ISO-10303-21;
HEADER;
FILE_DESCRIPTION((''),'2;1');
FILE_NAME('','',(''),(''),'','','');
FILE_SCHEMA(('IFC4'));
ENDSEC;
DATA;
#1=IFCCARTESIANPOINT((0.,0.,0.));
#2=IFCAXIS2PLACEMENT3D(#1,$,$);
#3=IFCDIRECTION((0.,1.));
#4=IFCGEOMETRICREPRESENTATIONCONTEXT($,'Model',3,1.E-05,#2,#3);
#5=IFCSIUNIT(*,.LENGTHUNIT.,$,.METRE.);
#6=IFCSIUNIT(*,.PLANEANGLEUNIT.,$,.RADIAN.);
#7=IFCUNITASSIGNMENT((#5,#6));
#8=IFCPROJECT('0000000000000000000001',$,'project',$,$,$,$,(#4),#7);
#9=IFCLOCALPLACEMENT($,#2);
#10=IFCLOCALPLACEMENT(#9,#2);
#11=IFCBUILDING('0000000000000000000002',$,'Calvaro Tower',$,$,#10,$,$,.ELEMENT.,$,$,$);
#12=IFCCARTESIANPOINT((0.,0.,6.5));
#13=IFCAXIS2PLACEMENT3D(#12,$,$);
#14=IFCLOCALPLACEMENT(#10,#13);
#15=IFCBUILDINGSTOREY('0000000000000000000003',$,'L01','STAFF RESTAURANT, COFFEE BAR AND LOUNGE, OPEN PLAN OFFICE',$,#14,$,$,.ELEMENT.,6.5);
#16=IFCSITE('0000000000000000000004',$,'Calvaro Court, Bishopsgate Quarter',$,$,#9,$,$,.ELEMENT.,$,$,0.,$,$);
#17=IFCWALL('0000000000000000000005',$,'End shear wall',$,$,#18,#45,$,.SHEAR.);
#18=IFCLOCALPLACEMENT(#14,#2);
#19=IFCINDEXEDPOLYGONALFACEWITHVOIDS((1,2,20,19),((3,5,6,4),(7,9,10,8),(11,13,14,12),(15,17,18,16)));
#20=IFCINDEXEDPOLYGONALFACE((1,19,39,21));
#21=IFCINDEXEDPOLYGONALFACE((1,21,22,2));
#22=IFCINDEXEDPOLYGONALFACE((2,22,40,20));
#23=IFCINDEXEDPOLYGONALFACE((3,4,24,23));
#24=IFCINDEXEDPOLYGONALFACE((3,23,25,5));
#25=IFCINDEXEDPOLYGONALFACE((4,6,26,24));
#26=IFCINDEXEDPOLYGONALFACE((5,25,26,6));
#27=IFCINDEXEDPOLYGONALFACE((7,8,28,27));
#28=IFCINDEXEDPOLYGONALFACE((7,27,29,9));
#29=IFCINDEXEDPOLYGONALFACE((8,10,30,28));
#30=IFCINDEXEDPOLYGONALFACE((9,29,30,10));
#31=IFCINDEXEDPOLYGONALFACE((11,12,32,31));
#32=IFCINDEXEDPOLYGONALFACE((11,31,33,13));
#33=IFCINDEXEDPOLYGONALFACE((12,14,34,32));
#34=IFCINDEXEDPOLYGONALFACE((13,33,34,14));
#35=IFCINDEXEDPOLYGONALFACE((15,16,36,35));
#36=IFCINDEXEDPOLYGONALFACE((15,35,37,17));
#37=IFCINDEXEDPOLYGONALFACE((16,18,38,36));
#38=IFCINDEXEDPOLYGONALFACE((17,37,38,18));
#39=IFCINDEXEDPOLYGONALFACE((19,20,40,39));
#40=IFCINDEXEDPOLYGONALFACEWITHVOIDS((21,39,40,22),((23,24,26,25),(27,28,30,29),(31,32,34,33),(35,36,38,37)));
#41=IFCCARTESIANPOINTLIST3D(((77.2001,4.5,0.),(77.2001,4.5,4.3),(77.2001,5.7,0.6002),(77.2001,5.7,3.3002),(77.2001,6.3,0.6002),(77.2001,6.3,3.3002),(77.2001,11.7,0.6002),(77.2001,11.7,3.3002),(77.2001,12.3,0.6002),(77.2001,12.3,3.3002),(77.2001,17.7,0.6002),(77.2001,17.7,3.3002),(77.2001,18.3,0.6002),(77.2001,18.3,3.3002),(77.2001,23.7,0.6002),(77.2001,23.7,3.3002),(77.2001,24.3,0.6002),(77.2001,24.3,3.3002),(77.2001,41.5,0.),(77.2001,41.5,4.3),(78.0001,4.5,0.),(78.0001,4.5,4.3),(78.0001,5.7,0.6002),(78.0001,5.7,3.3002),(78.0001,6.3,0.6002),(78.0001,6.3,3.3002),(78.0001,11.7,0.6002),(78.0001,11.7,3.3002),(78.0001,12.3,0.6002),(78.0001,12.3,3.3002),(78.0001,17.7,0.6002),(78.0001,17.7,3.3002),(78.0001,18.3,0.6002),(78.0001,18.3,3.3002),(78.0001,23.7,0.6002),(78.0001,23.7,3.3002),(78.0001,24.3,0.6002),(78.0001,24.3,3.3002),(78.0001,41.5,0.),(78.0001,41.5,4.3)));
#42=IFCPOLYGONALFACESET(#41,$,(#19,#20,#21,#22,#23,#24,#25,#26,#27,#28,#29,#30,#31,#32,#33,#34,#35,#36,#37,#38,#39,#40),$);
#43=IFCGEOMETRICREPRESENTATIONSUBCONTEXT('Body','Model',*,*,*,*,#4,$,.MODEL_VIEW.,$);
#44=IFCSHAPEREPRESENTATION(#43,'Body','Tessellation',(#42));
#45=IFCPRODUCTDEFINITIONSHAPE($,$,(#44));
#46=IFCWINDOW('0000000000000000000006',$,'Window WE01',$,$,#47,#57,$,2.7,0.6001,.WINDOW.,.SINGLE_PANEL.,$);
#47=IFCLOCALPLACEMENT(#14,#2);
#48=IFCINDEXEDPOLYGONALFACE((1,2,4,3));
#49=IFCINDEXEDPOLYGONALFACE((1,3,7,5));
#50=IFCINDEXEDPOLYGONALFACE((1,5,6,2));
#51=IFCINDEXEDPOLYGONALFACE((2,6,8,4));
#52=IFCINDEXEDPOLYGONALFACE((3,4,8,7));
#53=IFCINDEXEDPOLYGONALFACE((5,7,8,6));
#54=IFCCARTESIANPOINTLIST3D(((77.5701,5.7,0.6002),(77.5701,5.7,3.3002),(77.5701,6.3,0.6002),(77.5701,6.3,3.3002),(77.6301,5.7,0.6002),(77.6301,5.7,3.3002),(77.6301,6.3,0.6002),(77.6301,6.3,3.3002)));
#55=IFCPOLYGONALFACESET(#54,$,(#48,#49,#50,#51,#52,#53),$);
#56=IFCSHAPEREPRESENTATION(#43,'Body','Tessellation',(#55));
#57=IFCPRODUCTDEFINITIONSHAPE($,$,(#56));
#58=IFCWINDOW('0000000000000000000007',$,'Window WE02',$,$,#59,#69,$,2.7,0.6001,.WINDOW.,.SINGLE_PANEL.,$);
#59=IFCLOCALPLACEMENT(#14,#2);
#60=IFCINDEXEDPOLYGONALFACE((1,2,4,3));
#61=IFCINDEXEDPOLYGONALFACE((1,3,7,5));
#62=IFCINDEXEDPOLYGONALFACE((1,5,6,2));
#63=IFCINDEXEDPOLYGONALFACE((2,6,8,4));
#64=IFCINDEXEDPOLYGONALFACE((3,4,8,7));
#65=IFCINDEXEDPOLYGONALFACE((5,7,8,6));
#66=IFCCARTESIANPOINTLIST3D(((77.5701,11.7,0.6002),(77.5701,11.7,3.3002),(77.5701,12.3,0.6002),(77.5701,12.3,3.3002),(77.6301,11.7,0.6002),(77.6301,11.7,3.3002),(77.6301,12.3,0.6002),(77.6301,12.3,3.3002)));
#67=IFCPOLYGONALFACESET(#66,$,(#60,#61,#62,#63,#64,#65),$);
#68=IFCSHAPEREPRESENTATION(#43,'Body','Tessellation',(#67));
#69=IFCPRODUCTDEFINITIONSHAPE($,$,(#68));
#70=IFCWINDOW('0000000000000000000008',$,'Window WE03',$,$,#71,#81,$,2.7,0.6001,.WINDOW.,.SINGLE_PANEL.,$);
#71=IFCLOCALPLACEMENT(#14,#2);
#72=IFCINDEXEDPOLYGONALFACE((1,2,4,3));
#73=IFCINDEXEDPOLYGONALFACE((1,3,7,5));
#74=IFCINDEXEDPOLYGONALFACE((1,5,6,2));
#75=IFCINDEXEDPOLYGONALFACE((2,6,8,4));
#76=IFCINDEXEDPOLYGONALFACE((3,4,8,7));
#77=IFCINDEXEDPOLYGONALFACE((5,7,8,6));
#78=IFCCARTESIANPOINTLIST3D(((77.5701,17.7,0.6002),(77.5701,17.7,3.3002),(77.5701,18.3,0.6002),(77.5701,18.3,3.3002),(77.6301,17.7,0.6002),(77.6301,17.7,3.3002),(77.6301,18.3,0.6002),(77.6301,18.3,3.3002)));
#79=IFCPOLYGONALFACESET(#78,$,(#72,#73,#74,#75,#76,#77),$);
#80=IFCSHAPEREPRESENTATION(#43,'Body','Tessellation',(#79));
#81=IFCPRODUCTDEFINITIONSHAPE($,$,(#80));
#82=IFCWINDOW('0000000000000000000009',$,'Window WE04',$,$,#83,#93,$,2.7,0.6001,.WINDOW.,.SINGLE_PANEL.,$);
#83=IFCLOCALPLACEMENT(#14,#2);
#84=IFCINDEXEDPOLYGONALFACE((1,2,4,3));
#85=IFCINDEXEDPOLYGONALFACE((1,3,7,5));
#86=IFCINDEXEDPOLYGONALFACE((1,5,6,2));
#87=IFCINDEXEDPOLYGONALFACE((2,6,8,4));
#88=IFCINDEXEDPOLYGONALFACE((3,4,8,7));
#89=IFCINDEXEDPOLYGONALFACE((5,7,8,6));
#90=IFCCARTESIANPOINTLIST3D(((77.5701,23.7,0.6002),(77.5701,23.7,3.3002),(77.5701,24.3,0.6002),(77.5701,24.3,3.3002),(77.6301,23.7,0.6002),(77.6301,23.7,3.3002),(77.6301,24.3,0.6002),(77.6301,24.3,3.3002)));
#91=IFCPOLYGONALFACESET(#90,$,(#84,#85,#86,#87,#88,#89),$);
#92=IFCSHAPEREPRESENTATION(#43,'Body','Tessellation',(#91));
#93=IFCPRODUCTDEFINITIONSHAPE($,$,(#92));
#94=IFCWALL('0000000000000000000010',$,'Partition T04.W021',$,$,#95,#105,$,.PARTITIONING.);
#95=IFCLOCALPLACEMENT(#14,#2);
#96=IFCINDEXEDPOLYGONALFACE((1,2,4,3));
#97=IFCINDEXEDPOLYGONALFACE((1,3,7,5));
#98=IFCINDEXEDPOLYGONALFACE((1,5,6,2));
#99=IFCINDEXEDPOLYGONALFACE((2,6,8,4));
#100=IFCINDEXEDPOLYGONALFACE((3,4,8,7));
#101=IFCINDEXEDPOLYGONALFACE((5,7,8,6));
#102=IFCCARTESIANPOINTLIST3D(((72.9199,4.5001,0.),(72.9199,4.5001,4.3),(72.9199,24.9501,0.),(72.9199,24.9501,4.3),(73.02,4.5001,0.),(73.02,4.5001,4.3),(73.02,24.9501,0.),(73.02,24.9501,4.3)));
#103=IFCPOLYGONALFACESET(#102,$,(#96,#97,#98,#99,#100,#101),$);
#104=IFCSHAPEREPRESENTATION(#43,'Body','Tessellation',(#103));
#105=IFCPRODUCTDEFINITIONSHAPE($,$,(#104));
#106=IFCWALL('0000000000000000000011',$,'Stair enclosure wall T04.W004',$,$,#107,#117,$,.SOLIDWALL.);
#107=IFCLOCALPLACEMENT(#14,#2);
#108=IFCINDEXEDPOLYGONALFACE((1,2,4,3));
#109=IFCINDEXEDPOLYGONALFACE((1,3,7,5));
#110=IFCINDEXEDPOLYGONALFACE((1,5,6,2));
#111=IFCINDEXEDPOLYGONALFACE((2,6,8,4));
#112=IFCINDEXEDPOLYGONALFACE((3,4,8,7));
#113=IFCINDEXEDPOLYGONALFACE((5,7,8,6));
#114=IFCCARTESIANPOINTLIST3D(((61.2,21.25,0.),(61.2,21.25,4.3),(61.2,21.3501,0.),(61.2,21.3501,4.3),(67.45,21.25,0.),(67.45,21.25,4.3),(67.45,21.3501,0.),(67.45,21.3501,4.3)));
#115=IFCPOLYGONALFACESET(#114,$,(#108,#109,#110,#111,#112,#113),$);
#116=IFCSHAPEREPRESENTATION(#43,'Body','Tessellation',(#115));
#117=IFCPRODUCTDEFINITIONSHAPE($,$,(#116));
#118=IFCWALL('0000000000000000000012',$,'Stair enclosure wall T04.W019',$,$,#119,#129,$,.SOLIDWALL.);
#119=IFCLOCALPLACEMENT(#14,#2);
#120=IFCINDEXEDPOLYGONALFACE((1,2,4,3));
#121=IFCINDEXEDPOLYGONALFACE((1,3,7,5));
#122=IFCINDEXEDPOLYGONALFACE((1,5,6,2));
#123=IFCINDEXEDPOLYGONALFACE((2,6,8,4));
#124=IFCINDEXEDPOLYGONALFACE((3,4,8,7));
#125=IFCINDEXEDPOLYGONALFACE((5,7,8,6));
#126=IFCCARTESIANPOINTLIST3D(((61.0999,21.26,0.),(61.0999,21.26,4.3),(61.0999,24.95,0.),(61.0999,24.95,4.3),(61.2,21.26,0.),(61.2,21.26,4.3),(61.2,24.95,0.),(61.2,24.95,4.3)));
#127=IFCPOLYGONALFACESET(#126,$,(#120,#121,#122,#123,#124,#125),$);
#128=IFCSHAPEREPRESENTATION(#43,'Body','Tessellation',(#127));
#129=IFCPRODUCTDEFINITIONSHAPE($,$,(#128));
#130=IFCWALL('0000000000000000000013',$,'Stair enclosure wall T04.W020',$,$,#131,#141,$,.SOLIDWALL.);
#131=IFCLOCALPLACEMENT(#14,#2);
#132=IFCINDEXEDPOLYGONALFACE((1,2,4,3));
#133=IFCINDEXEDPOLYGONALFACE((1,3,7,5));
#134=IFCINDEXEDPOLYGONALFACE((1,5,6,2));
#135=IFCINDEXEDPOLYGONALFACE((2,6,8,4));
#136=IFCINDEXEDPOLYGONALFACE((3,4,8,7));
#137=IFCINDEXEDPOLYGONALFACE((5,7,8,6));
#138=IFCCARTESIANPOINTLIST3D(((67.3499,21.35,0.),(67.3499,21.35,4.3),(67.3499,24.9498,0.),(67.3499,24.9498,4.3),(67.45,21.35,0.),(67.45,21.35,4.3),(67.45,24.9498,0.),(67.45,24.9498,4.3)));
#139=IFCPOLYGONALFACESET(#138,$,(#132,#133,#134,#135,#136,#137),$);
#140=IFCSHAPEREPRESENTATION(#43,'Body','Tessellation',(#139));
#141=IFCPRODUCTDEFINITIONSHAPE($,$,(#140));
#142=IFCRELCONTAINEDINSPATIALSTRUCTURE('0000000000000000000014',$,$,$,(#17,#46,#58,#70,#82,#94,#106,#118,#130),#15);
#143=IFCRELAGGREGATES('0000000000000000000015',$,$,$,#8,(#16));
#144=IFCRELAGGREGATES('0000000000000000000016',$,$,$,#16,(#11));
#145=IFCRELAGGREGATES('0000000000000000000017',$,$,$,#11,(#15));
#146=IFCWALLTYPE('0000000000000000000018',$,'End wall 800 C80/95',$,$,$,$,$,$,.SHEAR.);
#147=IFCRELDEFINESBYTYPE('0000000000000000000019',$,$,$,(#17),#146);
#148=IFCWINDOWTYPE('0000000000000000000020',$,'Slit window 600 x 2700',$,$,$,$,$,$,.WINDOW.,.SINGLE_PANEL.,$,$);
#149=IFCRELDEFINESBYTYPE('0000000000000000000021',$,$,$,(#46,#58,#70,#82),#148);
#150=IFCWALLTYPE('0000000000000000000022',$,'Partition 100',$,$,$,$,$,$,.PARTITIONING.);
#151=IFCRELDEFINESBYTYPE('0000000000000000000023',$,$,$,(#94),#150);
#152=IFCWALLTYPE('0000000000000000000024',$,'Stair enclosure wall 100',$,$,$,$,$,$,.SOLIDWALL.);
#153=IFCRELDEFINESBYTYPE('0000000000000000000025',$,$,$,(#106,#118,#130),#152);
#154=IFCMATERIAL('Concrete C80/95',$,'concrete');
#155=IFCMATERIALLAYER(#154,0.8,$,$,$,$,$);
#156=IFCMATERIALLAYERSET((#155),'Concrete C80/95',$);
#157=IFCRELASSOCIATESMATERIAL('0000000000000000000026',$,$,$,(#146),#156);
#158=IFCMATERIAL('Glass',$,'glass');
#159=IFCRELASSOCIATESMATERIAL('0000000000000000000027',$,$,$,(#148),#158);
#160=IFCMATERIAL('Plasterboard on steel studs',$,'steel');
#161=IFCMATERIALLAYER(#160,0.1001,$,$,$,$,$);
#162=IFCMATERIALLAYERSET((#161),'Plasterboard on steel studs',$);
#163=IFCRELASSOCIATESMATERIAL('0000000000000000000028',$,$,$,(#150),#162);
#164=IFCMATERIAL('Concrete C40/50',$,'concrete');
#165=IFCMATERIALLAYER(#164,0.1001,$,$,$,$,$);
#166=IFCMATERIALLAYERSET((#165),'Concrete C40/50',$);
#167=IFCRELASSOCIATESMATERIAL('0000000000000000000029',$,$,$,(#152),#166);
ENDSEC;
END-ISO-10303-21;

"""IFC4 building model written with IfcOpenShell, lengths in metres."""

from ifc_helpers import new_model, si_unit, direction, frame, frame_2d, origin, place, context, subcontext, project, spatial, rectangle, extrude, material, layer, layer_set, type_object, element, fill, save


model = new_model("IFC4")

# Units and contexts
model_context = context("Model", 3, precision=1e-05, world=origin(), true_north=direction((0.0, 1.0)))
body_context = subcontext(model_context, "Body", "Model", "MODEL_VIEW")
ifc_project = project(units=[si_unit("LENGTHUNIT", "METRE"), si_unit("PLANEANGLEUNIT", "RADIAN")], contexts=[model_context])

# Site, building, storey
site_placement = place(None, origin())
site = spatial("IfcSite", under=ifc_project, at=site_placement, Name="Calvaro Court, Bishopsgate Quarter", CompositionType="ELEMENT", RefElevation=0.0)
building_placement = place(site_placement, origin())
building = spatial("IfcBuilding", under=site, at=building_placement, Name="Calvaro Tower", CompositionType="ELEMENT")
storey_placement = place(building_placement, frame((0.0, 0.0, 6.5)))
storey = spatial("IfcBuildingStorey", under=building, at=storey_placement, Name="L01", Description="STAFF RESTAURANT, COFFEE BAR AND LOUNGE, OPEN PLAN OFFICE", CompositionType="ELEMENT", Elevation=6.5)

# Wall, openings, windows
ifc_material_1 = material(Name="Concrete C80/95", Category="concrete")
ifc_layer_1 = layer(ifc_material_1, 0.8)
ifc_layer_set_1 = layer_set([ifc_layer_1], Name="Concrete C80/95")
wall_type_1 = type_object("IfcWallType", Name="End wall 800 C80/95", PredefinedType="SHEAR", material=ifc_layer_set_1)
wall_1_placement = place(storey_placement, frame((77.6001, 4.5, 0.0), z_axis=(0.0, 0.0, 1.0), x_axis=(0.0, 1.0, 0.0)))
wall_1 = element("IfcWall", 1, at=wall_1_placement, inside=storey, type_object=wall_type_1, Name="End shear wall", PredefinedType="SHEAR", context=body_context, shape_type="SweptSolid", body=[
    extrude(rectangle(XDim=37.0, YDim=0.8, at=frame_2d((18.5, 0.0))), origin(), (0.0, 0.0, 1.0), 4.3),
])
opening_1_placement = place(wall_1_placement, frame((1.2, 0.0, 0.6001)))
opening_1 = element("IfcOpeningElement", 2, at=opening_1_placement, cuts=wall_1, PredefinedType="OPENING", context=body_context, shape_type="SweptSolid", body=[
    extrude(rectangle(XDim=0.6001, YDim=2.7, at=frame_2d((0.3, 1.3501))), frame((0.0, 0.4099, 0.0), z_axis=(0.0, -1.0, 0.0), x_axis=(1.0, 0.0, 0.0)), (0.0, 0.0, 1.0), 0.8201),
])
opening_2_placement = place(wall_1_placement, frame((7.2, 0.0, 0.6001)))
opening_2 = element("IfcOpeningElement", 3, at=opening_2_placement, cuts=wall_1, PredefinedType="OPENING", context=body_context, shape_type="SweptSolid", body=[
    extrude(rectangle(XDim=0.6001, YDim=2.7, at=frame_2d((0.3, 1.3501))), frame((0.0, 0.4099, 0.0), z_axis=(0.0, -1.0, 0.0), x_axis=(1.0, 0.0, 0.0)), (0.0, 0.0, 1.0), 0.8201),
])
opening_3_placement = place(wall_1_placement, frame((13.2, 0.0, 0.6001)))
opening_3 = element("IfcOpeningElement", 4, at=opening_3_placement, cuts=wall_1, PredefinedType="OPENING", context=body_context, shape_type="SweptSolid", body=[
    extrude(rectangle(XDim=0.6001, YDim=2.7, at=frame_2d((0.3, 1.3501))), frame((0.0, 0.4099, 0.0), z_axis=(0.0, -1.0, 0.0), x_axis=(1.0, 0.0, 0.0)), (0.0, 0.0, 1.0), 0.8201),
])
opening_4_placement = place(wall_1_placement, frame((19.2, 0.0, 0.6001)))
opening_4 = element("IfcOpeningElement", 5, at=opening_4_placement, cuts=wall_1, PredefinedType="OPENING", context=body_context, shape_type="SweptSolid", body=[
    extrude(rectangle(XDim=0.6001, YDim=2.7, at=frame_2d((0.3, 1.3501))), frame((0.0, 0.4099, 0.0), z_axis=(0.0, -1.0, 0.0), x_axis=(1.0, 0.0, 0.0)), (0.0, 0.0, 1.0), 0.8201),
])
ifc_material_2 = material(Name="Glass", Category="glass")
window_type = type_object("IfcWindowType", Name="Slit window 600 x 2700", PartitioningType="SINGLE_PANEL", PredefinedType="WINDOW", material=ifc_material_2)
window_1_placement = place(opening_1_placement, origin())
window_1 = element("IfcWindow", 6, at=window_1_placement, inside=storey, type_object=window_type, Name="Window WE01", OverallHeight=2.7, OverallWidth=0.6001, PartitioningType="SINGLE_PANEL", PredefinedType="WINDOW", context=body_context, shape_type="SweptSolid", body=[
    extrude(rectangle(XDim=0.6001, YDim=2.7, at=frame_2d((0.3, 1.3501))), frame((0.0, 0.03, 0.0), z_axis=(0.0, -1.0, 0.0), x_axis=(1.0, 0.0, 0.0)), (0.0, 0.0, 1.0), 0.0601),
])
fill(opening_1, window_1)
window_2_placement = place(opening_2_placement, origin())
window_2 = element("IfcWindow", 7, at=window_2_placement, inside=storey, type_object=window_type, Name="Window WE02", OverallHeight=2.7, OverallWidth=0.6001, PartitioningType="SINGLE_PANEL", PredefinedType="WINDOW", context=body_context, shape_type="SweptSolid", body=[
    extrude(rectangle(XDim=0.6001, YDim=2.7, at=frame_2d((0.3, 1.3501))), frame((0.0, 0.03, 0.0), z_axis=(0.0, -1.0, 0.0), x_axis=(1.0, 0.0, 0.0)), (0.0, 0.0, 1.0), 0.0601),
])
fill(opening_2, window_2)
window_3_placement = place(opening_3_placement, origin())
window_3 = element("IfcWindow", 8, at=window_3_placement, inside=storey, type_object=window_type, Name="Window WE03", OverallHeight=2.7, OverallWidth=0.6001, PartitioningType="SINGLE_PANEL", PredefinedType="WINDOW", context=body_context, shape_type="SweptSolid", body=[
    extrude(rectangle(XDim=0.6001, YDim=2.7, at=frame_2d((0.3, 1.3501))), frame((0.0, 0.03, 0.0), z_axis=(0.0, -1.0, 0.0), x_axis=(1.0, 0.0, 0.0)), (0.0, 0.0, 1.0), 0.0601),
])
fill(opening_3, window_3)
window_4_placement = place(opening_4_placement, origin())
window_4 = element("IfcWindow", 9, at=window_4_placement, inside=storey, type_object=window_type, Name="Window WE04", OverallHeight=2.7, OverallWidth=0.6001, PartitioningType="SINGLE_PANEL", PredefinedType="WINDOW", context=body_context, shape_type="SweptSolid", body=[
    extrude(rectangle(XDim=0.6001, YDim=2.7, at=frame_2d((0.3, 1.3501))), frame((0.0, 0.03, 0.0), z_axis=(0.0, -1.0, 0.0), x_axis=(1.0, 0.0, 0.0)), (0.0, 0.0, 1.0), 0.0601),
])
fill(opening_4, window_4)

# Walls
ifc_material_3 = material(Name="Plasterboard on steel studs", Category="steel")
ifc_layer_2 = layer(ifc_material_3, 0.1001)
ifc_layer_set_2 = layer_set([ifc_layer_2], Name="Plasterboard on steel studs")
wall_type_2 = type_object("IfcWallType", Name="Partition 100", PredefinedType="PARTITIONING", material=ifc_layer_set_2)
wall_2_placement = place(storey_placement, frame((72.97, 4.5, 0.0), z_axis=(0.0, 0.0, 1.0), x_axis=(0.0, 1.0, 0.0)))
element("IfcWall", 10, at=wall_2_placement, inside=storey, type_object=wall_type_2, Name="Partition T04.W021", PredefinedType="PARTITIONING", context=body_context, shape_type="SweptSolid", body=[
    extrude(rectangle(XDim=20.45, YDim=0.1001, at=frame_2d((10.2251, 0.0))), origin(), (0.0, 0.0, 1.0), 4.3),
])
ifc_material_4 = material(Name="Concrete C40/50", Category="concrete")
ifc_layer_3 = layer(ifc_material_4, 0.1001)
ifc_layer_set_3 = layer_set([ifc_layer_3], Name="Concrete C40/50")
wall_type_3 = type_object("IfcWallType", Name="Stair enclosure wall 100", PredefinedType="SOLIDWALL", material=ifc_layer_set_3)
wall_3_placement = place(storey_placement, frame((61.2, 21.3, 0.0), z_axis=(0.0, 0.0, 1.0), x_axis=(1.0, 0.0, 0.0)))
element("IfcWall", 11, at=wall_3_placement, inside=storey, type_object=wall_type_3, Name="Stair enclosure wall T04.W004", PredefinedType="SOLIDWALL", context=body_context, shape_type="SweptSolid", body=[
    extrude(rectangle(XDim=6.25, YDim=0.1001, at=frame_2d((3.125, 0.0))), origin(), (0.0, 0.0, 1.0), 4.3),
])
wall_4_placement = place(storey_placement, frame((61.1499, 21.26, 0.0), z_axis=(0.0, 0.0, 1.0), x_axis=(0.0, 1.0, 0.0)))
element("IfcWall", 12, at=wall_4_placement, inside=storey, type_object=wall_type_3, Name="Stair enclosure wall T04.W019", PredefinedType="SOLIDWALL", context=body_context, shape_type="SweptSolid", body=[
    extrude(rectangle(XDim=3.6899, YDim=0.1001, at=frame_2d((1.845, 0.0))), origin(), (0.0, 0.0, 1.0), 4.3),
])
wall_5_placement = place(storey_placement, frame((67.3999, 21.3501, 0.0), z_axis=(0.0, 0.0, 1.0), x_axis=(0.0, 1.0, 0.0)))
element("IfcWall", 13, at=wall_5_placement, inside=storey, type_object=wall_type_3, Name="Stair enclosure wall T04.W020", PredefinedType="SOLIDWALL", context=body_context, shape_type="SweptSolid", body=[
    extrude(rectangle(XDim=3.5999, YDim=0.1001, at=frame_2d((1.7998, 0.0))), origin(), (0.0, 0.0, 1.0), 4.3),
])

save(model, "model.ifc")
